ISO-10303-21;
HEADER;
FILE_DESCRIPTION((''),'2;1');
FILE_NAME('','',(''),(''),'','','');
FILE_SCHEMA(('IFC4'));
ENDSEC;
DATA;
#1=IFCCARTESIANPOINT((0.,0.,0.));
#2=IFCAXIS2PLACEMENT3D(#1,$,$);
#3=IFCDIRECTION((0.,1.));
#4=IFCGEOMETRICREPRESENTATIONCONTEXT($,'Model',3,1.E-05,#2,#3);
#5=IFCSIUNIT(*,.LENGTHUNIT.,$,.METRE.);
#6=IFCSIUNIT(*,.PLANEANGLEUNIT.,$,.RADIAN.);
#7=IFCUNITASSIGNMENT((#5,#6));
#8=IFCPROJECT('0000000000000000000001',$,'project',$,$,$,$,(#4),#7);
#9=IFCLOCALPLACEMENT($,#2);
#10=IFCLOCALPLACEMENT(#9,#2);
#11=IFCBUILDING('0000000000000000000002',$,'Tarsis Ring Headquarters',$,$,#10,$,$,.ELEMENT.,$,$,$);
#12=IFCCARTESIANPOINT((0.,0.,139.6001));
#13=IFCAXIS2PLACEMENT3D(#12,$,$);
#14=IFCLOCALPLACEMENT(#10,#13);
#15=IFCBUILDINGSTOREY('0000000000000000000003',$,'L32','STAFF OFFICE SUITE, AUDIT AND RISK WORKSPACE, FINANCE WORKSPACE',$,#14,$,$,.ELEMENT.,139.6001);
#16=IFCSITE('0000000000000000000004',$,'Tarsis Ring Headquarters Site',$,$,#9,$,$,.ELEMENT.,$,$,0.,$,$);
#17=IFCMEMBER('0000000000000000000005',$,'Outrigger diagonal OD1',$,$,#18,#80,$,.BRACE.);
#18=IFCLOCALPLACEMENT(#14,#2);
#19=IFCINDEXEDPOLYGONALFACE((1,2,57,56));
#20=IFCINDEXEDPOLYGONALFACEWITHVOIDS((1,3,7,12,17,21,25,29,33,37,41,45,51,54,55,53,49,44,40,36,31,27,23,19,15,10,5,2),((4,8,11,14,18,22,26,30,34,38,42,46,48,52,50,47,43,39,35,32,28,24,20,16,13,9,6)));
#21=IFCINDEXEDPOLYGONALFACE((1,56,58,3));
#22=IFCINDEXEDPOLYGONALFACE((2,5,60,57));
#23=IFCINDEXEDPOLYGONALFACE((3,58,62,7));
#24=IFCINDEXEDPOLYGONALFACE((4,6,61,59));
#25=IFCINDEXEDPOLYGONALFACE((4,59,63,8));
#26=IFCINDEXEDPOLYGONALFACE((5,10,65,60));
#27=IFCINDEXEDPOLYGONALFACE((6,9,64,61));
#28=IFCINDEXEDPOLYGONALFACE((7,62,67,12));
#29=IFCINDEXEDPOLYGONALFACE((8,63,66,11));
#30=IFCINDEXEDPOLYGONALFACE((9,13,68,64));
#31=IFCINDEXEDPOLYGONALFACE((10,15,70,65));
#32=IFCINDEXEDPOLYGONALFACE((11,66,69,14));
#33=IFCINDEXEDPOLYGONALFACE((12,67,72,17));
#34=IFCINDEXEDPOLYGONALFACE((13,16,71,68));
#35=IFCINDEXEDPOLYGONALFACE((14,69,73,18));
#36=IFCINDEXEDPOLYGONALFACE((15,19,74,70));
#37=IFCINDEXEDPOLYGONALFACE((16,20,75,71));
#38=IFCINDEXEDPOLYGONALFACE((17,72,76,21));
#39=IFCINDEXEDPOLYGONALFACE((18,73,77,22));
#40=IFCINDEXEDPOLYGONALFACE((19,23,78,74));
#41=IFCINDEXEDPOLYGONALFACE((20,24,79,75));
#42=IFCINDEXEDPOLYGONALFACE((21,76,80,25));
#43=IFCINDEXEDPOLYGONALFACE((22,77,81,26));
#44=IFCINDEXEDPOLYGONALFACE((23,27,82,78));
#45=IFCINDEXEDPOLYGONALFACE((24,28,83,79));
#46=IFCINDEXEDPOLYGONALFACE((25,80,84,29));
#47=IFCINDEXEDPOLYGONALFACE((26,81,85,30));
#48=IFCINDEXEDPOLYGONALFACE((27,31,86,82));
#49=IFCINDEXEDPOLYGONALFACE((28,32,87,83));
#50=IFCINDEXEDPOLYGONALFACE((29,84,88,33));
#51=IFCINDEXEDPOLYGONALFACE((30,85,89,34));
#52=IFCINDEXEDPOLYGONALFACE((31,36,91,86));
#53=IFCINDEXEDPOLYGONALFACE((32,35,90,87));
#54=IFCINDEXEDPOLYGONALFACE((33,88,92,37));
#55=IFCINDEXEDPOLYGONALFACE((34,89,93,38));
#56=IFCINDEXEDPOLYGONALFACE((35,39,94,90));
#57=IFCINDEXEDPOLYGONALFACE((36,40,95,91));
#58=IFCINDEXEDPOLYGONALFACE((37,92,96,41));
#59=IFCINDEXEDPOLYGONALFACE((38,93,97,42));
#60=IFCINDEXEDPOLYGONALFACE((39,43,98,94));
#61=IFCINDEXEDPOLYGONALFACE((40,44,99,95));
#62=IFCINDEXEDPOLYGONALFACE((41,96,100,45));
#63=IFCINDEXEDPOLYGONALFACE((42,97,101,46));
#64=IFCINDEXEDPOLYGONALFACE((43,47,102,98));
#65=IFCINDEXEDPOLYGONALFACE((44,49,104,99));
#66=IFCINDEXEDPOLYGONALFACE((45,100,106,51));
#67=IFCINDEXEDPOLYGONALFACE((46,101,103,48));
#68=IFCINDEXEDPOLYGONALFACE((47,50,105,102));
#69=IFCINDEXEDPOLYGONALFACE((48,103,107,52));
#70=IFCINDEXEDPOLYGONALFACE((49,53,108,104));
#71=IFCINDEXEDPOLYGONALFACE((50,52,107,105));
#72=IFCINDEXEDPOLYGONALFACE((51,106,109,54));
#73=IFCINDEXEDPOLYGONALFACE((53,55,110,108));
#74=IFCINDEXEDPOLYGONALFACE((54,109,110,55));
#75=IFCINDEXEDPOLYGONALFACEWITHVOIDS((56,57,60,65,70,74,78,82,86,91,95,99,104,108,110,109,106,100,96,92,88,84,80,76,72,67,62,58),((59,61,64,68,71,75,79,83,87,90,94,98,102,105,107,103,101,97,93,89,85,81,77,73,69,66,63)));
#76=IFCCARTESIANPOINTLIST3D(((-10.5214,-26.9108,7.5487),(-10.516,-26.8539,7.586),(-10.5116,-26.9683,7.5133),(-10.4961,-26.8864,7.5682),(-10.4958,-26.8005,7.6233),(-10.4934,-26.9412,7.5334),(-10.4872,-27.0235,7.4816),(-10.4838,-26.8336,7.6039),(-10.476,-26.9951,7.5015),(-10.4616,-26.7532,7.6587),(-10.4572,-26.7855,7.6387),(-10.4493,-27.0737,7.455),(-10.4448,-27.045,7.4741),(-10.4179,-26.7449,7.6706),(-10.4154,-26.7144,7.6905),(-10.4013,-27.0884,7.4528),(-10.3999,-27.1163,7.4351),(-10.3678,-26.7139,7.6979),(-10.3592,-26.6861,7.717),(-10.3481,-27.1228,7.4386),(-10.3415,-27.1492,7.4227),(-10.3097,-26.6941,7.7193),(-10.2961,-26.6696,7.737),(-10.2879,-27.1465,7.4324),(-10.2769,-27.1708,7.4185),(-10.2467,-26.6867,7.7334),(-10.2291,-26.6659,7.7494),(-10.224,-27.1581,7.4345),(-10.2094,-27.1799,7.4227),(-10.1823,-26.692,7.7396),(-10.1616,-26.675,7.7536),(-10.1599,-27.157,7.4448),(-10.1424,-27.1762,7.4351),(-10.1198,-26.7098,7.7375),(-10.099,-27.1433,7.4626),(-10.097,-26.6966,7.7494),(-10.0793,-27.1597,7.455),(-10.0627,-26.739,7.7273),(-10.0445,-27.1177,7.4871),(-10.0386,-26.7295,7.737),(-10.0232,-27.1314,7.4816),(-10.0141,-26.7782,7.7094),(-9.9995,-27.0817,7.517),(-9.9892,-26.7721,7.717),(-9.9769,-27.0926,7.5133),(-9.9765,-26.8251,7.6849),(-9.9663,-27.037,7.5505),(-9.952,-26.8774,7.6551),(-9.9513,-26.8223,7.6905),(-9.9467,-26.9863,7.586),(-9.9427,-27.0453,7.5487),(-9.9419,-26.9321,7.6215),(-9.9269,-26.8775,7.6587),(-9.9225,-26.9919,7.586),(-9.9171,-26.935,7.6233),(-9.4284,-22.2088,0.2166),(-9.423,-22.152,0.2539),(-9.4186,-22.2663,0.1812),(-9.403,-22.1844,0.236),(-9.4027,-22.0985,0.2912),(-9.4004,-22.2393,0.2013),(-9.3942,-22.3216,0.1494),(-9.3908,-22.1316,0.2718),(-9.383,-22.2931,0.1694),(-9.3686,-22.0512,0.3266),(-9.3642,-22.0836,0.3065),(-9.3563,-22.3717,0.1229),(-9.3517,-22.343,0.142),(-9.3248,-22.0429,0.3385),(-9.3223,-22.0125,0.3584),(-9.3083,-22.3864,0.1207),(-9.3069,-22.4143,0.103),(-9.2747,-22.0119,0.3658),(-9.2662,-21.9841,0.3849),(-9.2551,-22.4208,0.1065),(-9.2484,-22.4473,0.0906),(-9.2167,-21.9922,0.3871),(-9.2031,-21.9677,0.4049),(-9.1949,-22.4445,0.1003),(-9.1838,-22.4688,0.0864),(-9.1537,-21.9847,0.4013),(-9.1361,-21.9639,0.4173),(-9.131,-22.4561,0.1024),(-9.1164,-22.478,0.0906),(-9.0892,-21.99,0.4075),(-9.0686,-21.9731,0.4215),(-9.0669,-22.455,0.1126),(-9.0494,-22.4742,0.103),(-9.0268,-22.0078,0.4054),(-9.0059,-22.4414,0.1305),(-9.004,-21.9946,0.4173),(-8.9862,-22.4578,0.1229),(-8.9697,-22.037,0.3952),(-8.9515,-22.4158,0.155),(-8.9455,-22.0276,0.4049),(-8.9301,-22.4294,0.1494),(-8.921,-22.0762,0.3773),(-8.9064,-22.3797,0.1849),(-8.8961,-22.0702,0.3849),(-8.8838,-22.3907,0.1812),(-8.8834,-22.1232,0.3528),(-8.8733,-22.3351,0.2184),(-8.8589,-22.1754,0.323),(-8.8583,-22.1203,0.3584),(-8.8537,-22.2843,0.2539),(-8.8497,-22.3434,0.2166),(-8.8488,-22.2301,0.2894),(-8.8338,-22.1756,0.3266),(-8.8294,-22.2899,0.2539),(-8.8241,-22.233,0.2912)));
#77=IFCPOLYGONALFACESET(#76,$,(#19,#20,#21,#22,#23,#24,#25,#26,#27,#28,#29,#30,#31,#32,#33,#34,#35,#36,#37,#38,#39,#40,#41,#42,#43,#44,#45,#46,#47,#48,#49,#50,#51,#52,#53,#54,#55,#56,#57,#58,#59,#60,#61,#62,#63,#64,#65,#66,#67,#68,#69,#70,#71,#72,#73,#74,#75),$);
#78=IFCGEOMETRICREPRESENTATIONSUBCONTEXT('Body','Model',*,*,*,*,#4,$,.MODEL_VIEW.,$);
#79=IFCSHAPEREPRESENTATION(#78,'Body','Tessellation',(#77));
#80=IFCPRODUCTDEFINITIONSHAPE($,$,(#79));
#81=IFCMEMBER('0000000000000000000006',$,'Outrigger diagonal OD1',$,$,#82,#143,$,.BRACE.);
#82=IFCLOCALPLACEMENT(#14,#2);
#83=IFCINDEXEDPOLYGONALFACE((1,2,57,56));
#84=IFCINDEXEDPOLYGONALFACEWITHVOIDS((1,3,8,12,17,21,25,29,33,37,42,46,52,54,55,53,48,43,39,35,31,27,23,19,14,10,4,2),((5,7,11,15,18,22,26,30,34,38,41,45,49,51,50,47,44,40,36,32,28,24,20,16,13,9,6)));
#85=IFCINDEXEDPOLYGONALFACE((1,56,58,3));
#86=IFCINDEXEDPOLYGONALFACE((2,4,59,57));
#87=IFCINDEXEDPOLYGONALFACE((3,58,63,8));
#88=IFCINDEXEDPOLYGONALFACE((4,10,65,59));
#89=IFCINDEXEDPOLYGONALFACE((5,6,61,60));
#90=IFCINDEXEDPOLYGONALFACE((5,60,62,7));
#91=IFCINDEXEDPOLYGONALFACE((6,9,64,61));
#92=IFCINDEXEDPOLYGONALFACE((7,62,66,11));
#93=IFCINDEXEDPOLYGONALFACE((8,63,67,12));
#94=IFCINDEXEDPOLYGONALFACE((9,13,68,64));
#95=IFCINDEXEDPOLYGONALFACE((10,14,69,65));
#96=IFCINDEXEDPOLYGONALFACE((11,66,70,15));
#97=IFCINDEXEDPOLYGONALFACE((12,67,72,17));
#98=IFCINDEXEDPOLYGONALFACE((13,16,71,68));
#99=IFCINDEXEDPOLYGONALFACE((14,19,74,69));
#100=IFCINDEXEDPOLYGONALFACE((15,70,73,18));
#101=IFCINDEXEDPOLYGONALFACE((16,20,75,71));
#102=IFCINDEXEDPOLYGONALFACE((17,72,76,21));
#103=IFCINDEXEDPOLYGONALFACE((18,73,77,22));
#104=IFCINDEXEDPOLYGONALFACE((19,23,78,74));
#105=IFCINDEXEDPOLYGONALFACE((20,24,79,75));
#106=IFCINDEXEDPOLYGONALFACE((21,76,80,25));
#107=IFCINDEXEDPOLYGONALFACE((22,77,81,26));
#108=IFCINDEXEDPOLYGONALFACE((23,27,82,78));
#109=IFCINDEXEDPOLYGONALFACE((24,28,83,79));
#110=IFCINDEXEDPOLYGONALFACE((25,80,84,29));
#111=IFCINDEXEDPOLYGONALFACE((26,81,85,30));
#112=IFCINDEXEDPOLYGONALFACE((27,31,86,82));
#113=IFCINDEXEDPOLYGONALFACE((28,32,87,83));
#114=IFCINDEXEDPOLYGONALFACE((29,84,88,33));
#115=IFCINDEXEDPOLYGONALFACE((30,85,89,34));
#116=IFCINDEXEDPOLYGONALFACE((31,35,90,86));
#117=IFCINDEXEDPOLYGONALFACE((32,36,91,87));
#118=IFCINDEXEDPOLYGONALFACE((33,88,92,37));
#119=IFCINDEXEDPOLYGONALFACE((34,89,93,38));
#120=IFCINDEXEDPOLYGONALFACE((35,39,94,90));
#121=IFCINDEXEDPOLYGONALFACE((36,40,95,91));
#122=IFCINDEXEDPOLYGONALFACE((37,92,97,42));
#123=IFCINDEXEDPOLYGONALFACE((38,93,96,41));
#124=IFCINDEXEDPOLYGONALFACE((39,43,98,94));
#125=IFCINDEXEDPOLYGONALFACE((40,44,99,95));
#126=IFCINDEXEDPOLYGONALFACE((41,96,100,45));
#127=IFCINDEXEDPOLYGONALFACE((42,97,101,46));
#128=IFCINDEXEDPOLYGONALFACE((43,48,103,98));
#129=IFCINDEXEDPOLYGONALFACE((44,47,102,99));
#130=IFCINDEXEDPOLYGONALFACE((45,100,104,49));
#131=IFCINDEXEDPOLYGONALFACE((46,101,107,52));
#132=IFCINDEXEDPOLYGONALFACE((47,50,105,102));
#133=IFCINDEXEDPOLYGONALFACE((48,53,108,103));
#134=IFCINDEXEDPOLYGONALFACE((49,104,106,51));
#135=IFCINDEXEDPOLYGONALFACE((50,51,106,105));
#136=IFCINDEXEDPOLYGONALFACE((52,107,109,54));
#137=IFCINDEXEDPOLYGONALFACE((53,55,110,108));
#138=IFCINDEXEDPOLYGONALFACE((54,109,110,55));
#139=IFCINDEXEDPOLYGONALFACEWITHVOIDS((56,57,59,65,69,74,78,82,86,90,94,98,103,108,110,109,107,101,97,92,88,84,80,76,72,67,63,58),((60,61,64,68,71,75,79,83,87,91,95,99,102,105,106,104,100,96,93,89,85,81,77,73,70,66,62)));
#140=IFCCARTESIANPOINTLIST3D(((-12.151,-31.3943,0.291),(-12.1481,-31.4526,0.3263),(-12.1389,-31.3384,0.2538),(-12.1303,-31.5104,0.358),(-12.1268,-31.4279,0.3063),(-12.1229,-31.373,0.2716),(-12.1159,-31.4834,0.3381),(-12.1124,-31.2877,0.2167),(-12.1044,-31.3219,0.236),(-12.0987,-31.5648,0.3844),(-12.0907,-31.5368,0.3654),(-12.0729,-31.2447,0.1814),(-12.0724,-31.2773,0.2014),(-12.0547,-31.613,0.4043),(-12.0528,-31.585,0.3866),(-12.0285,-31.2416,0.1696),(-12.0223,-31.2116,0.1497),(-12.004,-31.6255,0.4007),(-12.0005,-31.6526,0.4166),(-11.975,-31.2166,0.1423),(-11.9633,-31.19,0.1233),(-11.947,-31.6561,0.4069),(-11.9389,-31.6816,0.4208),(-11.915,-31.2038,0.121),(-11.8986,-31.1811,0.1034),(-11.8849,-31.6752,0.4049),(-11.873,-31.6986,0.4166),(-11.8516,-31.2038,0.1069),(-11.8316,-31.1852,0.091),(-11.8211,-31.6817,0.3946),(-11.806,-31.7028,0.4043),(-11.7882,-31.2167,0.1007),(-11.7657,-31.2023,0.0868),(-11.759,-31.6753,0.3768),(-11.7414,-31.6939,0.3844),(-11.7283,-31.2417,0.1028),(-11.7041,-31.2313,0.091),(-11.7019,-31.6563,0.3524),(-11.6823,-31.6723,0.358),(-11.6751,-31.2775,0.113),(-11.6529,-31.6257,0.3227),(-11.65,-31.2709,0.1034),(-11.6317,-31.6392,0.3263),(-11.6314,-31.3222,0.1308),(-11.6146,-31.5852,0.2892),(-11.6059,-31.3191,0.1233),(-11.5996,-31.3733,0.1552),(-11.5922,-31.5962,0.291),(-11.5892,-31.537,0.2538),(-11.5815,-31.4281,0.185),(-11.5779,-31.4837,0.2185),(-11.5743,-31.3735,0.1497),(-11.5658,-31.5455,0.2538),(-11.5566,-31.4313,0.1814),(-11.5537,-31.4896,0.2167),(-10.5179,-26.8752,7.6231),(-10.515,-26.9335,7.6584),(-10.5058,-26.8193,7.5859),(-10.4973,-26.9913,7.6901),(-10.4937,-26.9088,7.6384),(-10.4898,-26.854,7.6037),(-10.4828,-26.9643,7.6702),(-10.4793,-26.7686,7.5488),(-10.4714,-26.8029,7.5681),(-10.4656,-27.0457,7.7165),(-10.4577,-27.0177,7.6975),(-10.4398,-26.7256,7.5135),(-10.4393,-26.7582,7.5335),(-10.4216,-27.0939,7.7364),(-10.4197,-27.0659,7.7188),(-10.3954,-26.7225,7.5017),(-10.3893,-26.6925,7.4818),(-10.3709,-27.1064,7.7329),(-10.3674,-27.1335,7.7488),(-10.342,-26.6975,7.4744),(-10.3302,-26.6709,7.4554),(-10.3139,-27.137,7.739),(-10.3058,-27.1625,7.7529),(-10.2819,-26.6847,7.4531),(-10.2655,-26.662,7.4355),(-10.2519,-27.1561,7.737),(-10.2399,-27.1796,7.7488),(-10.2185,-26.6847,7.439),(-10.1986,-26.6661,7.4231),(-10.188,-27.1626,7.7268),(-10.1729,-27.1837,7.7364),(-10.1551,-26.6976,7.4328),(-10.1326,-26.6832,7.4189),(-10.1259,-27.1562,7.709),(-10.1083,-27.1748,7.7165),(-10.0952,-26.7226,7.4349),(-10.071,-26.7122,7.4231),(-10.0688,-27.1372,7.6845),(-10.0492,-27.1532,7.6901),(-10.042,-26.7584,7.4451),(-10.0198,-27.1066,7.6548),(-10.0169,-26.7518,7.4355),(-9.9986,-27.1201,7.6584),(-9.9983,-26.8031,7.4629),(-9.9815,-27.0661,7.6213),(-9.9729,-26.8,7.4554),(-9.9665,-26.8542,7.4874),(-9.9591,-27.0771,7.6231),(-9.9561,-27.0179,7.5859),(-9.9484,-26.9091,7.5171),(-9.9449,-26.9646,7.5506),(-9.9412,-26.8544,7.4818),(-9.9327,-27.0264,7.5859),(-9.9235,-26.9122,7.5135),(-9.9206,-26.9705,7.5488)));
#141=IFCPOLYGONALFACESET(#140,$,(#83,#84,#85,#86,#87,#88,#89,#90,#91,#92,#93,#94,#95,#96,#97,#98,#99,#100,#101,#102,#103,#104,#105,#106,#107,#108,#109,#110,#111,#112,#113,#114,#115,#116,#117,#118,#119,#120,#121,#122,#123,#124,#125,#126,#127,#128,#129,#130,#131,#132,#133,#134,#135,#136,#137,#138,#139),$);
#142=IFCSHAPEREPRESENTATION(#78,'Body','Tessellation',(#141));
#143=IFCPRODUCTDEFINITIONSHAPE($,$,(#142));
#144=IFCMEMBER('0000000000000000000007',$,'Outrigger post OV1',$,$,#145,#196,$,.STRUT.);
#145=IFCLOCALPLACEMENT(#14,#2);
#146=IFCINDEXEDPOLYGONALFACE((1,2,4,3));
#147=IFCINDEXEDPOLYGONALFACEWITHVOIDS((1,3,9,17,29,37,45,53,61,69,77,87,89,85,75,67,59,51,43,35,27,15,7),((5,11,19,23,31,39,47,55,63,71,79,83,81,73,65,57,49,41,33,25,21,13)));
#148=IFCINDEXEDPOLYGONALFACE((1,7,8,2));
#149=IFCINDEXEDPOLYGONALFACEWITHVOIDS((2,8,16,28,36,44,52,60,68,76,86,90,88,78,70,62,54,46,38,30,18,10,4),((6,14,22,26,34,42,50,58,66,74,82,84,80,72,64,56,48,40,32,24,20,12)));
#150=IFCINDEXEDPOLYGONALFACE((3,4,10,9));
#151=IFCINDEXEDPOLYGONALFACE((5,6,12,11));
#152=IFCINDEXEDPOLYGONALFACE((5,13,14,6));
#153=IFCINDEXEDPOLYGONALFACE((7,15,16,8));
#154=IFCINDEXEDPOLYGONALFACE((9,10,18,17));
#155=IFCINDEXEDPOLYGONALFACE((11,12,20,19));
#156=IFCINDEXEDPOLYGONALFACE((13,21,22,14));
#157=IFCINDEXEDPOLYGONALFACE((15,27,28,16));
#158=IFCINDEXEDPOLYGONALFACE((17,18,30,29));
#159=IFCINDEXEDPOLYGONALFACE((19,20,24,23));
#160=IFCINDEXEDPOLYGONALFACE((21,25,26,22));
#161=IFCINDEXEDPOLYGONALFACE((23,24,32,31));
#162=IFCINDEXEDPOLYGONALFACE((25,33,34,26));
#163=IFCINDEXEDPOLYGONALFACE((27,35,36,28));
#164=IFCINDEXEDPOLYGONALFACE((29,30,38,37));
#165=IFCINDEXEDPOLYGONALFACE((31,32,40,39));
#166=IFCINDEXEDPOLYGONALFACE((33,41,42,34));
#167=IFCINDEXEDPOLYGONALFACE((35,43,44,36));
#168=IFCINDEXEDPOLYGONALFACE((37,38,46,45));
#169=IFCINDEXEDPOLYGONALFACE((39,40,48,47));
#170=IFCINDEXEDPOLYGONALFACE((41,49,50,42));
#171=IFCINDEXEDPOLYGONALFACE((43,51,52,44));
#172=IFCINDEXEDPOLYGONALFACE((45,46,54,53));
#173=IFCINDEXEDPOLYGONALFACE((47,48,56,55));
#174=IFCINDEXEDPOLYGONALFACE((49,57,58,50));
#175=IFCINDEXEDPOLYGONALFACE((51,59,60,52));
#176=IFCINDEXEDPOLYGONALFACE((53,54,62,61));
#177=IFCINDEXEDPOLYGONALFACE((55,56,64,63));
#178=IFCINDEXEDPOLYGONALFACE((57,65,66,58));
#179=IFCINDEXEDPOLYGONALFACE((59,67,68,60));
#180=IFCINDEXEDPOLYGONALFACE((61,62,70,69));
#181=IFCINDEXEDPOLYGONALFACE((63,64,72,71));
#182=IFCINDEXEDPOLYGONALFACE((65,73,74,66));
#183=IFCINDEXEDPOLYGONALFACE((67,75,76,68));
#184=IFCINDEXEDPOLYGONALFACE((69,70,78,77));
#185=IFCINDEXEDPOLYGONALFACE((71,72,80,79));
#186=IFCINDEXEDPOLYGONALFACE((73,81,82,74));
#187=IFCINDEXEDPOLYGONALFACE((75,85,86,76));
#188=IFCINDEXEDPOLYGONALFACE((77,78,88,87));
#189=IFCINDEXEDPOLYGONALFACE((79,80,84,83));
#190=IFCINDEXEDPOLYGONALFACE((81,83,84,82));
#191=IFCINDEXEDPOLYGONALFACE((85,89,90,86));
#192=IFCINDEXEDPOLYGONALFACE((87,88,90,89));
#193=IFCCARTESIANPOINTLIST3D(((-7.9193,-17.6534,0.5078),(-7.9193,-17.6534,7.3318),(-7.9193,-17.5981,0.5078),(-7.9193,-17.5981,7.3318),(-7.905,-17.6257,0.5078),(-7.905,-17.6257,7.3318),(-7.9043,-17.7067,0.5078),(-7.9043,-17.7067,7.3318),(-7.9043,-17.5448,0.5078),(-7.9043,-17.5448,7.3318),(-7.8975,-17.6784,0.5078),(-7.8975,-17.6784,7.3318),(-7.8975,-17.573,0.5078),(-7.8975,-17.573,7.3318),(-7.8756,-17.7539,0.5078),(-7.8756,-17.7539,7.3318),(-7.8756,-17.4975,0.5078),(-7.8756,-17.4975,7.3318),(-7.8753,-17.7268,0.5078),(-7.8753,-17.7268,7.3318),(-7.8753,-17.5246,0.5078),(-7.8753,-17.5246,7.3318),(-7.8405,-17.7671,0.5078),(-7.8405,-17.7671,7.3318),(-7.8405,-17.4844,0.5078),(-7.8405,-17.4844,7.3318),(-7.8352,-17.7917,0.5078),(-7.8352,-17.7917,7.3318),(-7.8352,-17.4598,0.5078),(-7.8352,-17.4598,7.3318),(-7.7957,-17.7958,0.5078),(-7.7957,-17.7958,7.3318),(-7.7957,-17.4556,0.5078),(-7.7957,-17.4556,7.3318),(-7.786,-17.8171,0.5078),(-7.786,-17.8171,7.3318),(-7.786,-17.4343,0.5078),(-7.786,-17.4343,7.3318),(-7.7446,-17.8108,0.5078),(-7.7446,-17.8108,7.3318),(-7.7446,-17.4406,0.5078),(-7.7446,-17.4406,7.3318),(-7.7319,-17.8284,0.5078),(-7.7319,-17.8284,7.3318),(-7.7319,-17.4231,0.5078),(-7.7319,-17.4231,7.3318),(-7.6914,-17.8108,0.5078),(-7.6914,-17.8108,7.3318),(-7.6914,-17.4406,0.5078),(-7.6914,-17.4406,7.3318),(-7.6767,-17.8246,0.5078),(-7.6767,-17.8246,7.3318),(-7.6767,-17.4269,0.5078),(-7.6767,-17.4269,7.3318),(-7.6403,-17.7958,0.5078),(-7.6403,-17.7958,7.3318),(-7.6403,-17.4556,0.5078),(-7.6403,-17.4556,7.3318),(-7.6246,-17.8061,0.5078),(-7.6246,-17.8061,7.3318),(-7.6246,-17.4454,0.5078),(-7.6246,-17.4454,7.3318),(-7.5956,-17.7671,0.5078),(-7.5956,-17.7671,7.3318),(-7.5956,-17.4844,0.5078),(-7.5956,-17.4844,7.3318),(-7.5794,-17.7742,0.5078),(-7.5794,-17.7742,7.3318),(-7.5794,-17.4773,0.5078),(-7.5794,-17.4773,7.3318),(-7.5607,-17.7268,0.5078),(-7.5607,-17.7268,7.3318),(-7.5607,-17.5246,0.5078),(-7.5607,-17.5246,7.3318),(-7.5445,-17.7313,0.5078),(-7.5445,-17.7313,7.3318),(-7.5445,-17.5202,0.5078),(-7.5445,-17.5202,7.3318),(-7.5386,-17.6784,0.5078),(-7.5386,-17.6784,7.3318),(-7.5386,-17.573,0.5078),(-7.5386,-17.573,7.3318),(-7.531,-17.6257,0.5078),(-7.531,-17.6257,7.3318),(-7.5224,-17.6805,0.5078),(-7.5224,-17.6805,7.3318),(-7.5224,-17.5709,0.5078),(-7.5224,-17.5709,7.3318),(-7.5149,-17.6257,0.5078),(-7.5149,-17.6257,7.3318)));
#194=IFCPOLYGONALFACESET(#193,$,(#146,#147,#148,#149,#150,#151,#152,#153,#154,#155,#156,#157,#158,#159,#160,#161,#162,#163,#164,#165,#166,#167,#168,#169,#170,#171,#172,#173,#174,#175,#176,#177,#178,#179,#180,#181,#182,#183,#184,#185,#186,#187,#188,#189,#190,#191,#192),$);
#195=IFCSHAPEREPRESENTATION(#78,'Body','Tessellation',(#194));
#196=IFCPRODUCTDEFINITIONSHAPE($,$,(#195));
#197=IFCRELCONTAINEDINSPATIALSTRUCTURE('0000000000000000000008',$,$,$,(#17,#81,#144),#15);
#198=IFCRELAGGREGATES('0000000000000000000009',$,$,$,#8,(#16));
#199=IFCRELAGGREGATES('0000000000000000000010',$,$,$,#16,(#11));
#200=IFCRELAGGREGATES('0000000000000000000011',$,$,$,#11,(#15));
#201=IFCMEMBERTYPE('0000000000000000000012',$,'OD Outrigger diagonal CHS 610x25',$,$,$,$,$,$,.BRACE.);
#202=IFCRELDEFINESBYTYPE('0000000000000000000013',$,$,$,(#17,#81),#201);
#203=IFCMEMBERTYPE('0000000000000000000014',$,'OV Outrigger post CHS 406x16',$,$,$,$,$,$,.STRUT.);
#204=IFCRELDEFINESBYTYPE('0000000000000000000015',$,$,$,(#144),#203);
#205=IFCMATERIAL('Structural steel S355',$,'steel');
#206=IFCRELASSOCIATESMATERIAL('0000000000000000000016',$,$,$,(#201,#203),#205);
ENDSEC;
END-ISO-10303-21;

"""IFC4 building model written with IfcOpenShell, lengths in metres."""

from ifc_helpers import new_model, si_unit, direction, frame, origin, origin_2d, place, context, subcontext, project, spatial, hollow_circle, extrude, material, material_profile, profile_set, type_object, element, save


model = new_model("IFC4")

# Units and contexts
model_context = context("Model", 3, precision=1e-05, world=origin(), true_north=direction((0.0, 1.0)))
body_context = subcontext(model_context, "Body", "Model", "MODEL_VIEW")
ifc_project = project(units=[si_unit("LENGTHUNIT", "METRE"), si_unit("PLANEANGLEUNIT", "RADIAN")], contexts=[model_context])

# Site, building, storey
site_placement = place(None, origin())
site = spatial("IfcSite", under=ifc_project, at=site_placement, Name="Tarsis Ring Headquarters Site", CompositionType="ELEMENT", RefElevation=0.0)
building_placement = place(site_placement, origin())
building = spatial("IfcBuilding", under=site, at=building_placement, Name="Tarsis Ring Headquarters", CompositionType="ELEMENT")
storey_placement = place(building_placement, frame((0.0, 0.0, 139.6001)))
storey = spatial("IfcBuildingStorey", under=building, at=storey_placement, Name="L32", Description="STAFF OFFICE SUITE, AUDIT AND RISK WORKSPACE, FINANCE WORKSPACE", CompositionType="ELEMENT", Elevation=139.6001)

# Members
ifc_material_1 = material(Name="Structural steel S355", Category="steel")
ifc_material_profile_1 = material_profile(ifc_material_1, hollow_circle(Radius=0.3047, WallThickness=0.0249, at=origin_2d()), Name="CHS 610x25")
ifc_profile_set_1 = profile_set([ifc_material_profile_1], Name="Structural steel S355")
member_type_1 = type_object("IfcMemberType", Name="OD Outrigger diagonal CHS 610x25", PredefinedType="BRACE", material=ifc_profile_set_1)
member_1_placement = place(storey_placement, frame((-9.1262, -22.2209, 0.2539), z_axis=(-0.124511, -0.535619, 0.83523), x_axis=(0.974029, -0.226425, 0.0)))
element("IfcMember", 1, at=member_1_placement, inside=storey, type_object=member_type_1, Name="Outrigger diagonal OD1", PredefinedType="BRACE", context=body_context, shape_type="SweptSolid", body=[
    extrude(hollow_circle(Radius=0.3047, WallThickness=0.0249, at=origin_2d()), origin(), (0.0, 0.0, 1.0), 8.7786),
])
member_2_placement = place(storey_placement, frame((-10.2192, -26.9229, 7.5859), z_axis=(-0.186289, -0.515504, -0.836392), x_axis=(0.940475, -0.339862, 0.0)))
element("IfcMember", 2, at=member_2_placement, inside=storey, type_object=member_type_1, Name="Outrigger diagonal OD1", PredefinedType="BRACE", context=body_context, shape_type="SweptSolid", body=[
    extrude(hollow_circle(Radius=0.3047, WallThickness=0.0249, at=origin_2d()), origin(), (0.0, 0.0, 1.0), 8.7664),
])
ifc_material_profile_2 = material_profile(ifc_material_1, hollow_circle(Radius=0.2031, WallThickness=0.0161, at=origin_2d()), Name="CHS 406x16")
ifc_profile_set_2 = profile_set([ifc_material_profile_2], Name="Structural steel S355")
member_type_2 = type_object("IfcMemberType", Name="OV Outrigger post CHS 406x16", PredefinedType="STRUT", material=ifc_profile_set_2)
for number, where, z_axis, x_axis, name in (
    (3, (-7.718, -17.6257, 0.5078), (0.0, 0.0, 1.0), (1.0, 0.0, 0.0), "Outrigger post OV1"),
):
    element("IfcMember", number, at=place(storey_placement, frame(where, z_axis=z_axis, x_axis=x_axis)), inside=storey, type_object=member_type_2, Name=name, PredefinedType="STRUT", context=body_context, shape_type="SweptSolid", body=[
        extrude(hollow_circle(Radius=0.2031, WallThickness=0.0161, at=origin_2d()), origin(), (0.0, 0.0, 1.0), 6.824),
    ])

save(model, "model.ifc")
